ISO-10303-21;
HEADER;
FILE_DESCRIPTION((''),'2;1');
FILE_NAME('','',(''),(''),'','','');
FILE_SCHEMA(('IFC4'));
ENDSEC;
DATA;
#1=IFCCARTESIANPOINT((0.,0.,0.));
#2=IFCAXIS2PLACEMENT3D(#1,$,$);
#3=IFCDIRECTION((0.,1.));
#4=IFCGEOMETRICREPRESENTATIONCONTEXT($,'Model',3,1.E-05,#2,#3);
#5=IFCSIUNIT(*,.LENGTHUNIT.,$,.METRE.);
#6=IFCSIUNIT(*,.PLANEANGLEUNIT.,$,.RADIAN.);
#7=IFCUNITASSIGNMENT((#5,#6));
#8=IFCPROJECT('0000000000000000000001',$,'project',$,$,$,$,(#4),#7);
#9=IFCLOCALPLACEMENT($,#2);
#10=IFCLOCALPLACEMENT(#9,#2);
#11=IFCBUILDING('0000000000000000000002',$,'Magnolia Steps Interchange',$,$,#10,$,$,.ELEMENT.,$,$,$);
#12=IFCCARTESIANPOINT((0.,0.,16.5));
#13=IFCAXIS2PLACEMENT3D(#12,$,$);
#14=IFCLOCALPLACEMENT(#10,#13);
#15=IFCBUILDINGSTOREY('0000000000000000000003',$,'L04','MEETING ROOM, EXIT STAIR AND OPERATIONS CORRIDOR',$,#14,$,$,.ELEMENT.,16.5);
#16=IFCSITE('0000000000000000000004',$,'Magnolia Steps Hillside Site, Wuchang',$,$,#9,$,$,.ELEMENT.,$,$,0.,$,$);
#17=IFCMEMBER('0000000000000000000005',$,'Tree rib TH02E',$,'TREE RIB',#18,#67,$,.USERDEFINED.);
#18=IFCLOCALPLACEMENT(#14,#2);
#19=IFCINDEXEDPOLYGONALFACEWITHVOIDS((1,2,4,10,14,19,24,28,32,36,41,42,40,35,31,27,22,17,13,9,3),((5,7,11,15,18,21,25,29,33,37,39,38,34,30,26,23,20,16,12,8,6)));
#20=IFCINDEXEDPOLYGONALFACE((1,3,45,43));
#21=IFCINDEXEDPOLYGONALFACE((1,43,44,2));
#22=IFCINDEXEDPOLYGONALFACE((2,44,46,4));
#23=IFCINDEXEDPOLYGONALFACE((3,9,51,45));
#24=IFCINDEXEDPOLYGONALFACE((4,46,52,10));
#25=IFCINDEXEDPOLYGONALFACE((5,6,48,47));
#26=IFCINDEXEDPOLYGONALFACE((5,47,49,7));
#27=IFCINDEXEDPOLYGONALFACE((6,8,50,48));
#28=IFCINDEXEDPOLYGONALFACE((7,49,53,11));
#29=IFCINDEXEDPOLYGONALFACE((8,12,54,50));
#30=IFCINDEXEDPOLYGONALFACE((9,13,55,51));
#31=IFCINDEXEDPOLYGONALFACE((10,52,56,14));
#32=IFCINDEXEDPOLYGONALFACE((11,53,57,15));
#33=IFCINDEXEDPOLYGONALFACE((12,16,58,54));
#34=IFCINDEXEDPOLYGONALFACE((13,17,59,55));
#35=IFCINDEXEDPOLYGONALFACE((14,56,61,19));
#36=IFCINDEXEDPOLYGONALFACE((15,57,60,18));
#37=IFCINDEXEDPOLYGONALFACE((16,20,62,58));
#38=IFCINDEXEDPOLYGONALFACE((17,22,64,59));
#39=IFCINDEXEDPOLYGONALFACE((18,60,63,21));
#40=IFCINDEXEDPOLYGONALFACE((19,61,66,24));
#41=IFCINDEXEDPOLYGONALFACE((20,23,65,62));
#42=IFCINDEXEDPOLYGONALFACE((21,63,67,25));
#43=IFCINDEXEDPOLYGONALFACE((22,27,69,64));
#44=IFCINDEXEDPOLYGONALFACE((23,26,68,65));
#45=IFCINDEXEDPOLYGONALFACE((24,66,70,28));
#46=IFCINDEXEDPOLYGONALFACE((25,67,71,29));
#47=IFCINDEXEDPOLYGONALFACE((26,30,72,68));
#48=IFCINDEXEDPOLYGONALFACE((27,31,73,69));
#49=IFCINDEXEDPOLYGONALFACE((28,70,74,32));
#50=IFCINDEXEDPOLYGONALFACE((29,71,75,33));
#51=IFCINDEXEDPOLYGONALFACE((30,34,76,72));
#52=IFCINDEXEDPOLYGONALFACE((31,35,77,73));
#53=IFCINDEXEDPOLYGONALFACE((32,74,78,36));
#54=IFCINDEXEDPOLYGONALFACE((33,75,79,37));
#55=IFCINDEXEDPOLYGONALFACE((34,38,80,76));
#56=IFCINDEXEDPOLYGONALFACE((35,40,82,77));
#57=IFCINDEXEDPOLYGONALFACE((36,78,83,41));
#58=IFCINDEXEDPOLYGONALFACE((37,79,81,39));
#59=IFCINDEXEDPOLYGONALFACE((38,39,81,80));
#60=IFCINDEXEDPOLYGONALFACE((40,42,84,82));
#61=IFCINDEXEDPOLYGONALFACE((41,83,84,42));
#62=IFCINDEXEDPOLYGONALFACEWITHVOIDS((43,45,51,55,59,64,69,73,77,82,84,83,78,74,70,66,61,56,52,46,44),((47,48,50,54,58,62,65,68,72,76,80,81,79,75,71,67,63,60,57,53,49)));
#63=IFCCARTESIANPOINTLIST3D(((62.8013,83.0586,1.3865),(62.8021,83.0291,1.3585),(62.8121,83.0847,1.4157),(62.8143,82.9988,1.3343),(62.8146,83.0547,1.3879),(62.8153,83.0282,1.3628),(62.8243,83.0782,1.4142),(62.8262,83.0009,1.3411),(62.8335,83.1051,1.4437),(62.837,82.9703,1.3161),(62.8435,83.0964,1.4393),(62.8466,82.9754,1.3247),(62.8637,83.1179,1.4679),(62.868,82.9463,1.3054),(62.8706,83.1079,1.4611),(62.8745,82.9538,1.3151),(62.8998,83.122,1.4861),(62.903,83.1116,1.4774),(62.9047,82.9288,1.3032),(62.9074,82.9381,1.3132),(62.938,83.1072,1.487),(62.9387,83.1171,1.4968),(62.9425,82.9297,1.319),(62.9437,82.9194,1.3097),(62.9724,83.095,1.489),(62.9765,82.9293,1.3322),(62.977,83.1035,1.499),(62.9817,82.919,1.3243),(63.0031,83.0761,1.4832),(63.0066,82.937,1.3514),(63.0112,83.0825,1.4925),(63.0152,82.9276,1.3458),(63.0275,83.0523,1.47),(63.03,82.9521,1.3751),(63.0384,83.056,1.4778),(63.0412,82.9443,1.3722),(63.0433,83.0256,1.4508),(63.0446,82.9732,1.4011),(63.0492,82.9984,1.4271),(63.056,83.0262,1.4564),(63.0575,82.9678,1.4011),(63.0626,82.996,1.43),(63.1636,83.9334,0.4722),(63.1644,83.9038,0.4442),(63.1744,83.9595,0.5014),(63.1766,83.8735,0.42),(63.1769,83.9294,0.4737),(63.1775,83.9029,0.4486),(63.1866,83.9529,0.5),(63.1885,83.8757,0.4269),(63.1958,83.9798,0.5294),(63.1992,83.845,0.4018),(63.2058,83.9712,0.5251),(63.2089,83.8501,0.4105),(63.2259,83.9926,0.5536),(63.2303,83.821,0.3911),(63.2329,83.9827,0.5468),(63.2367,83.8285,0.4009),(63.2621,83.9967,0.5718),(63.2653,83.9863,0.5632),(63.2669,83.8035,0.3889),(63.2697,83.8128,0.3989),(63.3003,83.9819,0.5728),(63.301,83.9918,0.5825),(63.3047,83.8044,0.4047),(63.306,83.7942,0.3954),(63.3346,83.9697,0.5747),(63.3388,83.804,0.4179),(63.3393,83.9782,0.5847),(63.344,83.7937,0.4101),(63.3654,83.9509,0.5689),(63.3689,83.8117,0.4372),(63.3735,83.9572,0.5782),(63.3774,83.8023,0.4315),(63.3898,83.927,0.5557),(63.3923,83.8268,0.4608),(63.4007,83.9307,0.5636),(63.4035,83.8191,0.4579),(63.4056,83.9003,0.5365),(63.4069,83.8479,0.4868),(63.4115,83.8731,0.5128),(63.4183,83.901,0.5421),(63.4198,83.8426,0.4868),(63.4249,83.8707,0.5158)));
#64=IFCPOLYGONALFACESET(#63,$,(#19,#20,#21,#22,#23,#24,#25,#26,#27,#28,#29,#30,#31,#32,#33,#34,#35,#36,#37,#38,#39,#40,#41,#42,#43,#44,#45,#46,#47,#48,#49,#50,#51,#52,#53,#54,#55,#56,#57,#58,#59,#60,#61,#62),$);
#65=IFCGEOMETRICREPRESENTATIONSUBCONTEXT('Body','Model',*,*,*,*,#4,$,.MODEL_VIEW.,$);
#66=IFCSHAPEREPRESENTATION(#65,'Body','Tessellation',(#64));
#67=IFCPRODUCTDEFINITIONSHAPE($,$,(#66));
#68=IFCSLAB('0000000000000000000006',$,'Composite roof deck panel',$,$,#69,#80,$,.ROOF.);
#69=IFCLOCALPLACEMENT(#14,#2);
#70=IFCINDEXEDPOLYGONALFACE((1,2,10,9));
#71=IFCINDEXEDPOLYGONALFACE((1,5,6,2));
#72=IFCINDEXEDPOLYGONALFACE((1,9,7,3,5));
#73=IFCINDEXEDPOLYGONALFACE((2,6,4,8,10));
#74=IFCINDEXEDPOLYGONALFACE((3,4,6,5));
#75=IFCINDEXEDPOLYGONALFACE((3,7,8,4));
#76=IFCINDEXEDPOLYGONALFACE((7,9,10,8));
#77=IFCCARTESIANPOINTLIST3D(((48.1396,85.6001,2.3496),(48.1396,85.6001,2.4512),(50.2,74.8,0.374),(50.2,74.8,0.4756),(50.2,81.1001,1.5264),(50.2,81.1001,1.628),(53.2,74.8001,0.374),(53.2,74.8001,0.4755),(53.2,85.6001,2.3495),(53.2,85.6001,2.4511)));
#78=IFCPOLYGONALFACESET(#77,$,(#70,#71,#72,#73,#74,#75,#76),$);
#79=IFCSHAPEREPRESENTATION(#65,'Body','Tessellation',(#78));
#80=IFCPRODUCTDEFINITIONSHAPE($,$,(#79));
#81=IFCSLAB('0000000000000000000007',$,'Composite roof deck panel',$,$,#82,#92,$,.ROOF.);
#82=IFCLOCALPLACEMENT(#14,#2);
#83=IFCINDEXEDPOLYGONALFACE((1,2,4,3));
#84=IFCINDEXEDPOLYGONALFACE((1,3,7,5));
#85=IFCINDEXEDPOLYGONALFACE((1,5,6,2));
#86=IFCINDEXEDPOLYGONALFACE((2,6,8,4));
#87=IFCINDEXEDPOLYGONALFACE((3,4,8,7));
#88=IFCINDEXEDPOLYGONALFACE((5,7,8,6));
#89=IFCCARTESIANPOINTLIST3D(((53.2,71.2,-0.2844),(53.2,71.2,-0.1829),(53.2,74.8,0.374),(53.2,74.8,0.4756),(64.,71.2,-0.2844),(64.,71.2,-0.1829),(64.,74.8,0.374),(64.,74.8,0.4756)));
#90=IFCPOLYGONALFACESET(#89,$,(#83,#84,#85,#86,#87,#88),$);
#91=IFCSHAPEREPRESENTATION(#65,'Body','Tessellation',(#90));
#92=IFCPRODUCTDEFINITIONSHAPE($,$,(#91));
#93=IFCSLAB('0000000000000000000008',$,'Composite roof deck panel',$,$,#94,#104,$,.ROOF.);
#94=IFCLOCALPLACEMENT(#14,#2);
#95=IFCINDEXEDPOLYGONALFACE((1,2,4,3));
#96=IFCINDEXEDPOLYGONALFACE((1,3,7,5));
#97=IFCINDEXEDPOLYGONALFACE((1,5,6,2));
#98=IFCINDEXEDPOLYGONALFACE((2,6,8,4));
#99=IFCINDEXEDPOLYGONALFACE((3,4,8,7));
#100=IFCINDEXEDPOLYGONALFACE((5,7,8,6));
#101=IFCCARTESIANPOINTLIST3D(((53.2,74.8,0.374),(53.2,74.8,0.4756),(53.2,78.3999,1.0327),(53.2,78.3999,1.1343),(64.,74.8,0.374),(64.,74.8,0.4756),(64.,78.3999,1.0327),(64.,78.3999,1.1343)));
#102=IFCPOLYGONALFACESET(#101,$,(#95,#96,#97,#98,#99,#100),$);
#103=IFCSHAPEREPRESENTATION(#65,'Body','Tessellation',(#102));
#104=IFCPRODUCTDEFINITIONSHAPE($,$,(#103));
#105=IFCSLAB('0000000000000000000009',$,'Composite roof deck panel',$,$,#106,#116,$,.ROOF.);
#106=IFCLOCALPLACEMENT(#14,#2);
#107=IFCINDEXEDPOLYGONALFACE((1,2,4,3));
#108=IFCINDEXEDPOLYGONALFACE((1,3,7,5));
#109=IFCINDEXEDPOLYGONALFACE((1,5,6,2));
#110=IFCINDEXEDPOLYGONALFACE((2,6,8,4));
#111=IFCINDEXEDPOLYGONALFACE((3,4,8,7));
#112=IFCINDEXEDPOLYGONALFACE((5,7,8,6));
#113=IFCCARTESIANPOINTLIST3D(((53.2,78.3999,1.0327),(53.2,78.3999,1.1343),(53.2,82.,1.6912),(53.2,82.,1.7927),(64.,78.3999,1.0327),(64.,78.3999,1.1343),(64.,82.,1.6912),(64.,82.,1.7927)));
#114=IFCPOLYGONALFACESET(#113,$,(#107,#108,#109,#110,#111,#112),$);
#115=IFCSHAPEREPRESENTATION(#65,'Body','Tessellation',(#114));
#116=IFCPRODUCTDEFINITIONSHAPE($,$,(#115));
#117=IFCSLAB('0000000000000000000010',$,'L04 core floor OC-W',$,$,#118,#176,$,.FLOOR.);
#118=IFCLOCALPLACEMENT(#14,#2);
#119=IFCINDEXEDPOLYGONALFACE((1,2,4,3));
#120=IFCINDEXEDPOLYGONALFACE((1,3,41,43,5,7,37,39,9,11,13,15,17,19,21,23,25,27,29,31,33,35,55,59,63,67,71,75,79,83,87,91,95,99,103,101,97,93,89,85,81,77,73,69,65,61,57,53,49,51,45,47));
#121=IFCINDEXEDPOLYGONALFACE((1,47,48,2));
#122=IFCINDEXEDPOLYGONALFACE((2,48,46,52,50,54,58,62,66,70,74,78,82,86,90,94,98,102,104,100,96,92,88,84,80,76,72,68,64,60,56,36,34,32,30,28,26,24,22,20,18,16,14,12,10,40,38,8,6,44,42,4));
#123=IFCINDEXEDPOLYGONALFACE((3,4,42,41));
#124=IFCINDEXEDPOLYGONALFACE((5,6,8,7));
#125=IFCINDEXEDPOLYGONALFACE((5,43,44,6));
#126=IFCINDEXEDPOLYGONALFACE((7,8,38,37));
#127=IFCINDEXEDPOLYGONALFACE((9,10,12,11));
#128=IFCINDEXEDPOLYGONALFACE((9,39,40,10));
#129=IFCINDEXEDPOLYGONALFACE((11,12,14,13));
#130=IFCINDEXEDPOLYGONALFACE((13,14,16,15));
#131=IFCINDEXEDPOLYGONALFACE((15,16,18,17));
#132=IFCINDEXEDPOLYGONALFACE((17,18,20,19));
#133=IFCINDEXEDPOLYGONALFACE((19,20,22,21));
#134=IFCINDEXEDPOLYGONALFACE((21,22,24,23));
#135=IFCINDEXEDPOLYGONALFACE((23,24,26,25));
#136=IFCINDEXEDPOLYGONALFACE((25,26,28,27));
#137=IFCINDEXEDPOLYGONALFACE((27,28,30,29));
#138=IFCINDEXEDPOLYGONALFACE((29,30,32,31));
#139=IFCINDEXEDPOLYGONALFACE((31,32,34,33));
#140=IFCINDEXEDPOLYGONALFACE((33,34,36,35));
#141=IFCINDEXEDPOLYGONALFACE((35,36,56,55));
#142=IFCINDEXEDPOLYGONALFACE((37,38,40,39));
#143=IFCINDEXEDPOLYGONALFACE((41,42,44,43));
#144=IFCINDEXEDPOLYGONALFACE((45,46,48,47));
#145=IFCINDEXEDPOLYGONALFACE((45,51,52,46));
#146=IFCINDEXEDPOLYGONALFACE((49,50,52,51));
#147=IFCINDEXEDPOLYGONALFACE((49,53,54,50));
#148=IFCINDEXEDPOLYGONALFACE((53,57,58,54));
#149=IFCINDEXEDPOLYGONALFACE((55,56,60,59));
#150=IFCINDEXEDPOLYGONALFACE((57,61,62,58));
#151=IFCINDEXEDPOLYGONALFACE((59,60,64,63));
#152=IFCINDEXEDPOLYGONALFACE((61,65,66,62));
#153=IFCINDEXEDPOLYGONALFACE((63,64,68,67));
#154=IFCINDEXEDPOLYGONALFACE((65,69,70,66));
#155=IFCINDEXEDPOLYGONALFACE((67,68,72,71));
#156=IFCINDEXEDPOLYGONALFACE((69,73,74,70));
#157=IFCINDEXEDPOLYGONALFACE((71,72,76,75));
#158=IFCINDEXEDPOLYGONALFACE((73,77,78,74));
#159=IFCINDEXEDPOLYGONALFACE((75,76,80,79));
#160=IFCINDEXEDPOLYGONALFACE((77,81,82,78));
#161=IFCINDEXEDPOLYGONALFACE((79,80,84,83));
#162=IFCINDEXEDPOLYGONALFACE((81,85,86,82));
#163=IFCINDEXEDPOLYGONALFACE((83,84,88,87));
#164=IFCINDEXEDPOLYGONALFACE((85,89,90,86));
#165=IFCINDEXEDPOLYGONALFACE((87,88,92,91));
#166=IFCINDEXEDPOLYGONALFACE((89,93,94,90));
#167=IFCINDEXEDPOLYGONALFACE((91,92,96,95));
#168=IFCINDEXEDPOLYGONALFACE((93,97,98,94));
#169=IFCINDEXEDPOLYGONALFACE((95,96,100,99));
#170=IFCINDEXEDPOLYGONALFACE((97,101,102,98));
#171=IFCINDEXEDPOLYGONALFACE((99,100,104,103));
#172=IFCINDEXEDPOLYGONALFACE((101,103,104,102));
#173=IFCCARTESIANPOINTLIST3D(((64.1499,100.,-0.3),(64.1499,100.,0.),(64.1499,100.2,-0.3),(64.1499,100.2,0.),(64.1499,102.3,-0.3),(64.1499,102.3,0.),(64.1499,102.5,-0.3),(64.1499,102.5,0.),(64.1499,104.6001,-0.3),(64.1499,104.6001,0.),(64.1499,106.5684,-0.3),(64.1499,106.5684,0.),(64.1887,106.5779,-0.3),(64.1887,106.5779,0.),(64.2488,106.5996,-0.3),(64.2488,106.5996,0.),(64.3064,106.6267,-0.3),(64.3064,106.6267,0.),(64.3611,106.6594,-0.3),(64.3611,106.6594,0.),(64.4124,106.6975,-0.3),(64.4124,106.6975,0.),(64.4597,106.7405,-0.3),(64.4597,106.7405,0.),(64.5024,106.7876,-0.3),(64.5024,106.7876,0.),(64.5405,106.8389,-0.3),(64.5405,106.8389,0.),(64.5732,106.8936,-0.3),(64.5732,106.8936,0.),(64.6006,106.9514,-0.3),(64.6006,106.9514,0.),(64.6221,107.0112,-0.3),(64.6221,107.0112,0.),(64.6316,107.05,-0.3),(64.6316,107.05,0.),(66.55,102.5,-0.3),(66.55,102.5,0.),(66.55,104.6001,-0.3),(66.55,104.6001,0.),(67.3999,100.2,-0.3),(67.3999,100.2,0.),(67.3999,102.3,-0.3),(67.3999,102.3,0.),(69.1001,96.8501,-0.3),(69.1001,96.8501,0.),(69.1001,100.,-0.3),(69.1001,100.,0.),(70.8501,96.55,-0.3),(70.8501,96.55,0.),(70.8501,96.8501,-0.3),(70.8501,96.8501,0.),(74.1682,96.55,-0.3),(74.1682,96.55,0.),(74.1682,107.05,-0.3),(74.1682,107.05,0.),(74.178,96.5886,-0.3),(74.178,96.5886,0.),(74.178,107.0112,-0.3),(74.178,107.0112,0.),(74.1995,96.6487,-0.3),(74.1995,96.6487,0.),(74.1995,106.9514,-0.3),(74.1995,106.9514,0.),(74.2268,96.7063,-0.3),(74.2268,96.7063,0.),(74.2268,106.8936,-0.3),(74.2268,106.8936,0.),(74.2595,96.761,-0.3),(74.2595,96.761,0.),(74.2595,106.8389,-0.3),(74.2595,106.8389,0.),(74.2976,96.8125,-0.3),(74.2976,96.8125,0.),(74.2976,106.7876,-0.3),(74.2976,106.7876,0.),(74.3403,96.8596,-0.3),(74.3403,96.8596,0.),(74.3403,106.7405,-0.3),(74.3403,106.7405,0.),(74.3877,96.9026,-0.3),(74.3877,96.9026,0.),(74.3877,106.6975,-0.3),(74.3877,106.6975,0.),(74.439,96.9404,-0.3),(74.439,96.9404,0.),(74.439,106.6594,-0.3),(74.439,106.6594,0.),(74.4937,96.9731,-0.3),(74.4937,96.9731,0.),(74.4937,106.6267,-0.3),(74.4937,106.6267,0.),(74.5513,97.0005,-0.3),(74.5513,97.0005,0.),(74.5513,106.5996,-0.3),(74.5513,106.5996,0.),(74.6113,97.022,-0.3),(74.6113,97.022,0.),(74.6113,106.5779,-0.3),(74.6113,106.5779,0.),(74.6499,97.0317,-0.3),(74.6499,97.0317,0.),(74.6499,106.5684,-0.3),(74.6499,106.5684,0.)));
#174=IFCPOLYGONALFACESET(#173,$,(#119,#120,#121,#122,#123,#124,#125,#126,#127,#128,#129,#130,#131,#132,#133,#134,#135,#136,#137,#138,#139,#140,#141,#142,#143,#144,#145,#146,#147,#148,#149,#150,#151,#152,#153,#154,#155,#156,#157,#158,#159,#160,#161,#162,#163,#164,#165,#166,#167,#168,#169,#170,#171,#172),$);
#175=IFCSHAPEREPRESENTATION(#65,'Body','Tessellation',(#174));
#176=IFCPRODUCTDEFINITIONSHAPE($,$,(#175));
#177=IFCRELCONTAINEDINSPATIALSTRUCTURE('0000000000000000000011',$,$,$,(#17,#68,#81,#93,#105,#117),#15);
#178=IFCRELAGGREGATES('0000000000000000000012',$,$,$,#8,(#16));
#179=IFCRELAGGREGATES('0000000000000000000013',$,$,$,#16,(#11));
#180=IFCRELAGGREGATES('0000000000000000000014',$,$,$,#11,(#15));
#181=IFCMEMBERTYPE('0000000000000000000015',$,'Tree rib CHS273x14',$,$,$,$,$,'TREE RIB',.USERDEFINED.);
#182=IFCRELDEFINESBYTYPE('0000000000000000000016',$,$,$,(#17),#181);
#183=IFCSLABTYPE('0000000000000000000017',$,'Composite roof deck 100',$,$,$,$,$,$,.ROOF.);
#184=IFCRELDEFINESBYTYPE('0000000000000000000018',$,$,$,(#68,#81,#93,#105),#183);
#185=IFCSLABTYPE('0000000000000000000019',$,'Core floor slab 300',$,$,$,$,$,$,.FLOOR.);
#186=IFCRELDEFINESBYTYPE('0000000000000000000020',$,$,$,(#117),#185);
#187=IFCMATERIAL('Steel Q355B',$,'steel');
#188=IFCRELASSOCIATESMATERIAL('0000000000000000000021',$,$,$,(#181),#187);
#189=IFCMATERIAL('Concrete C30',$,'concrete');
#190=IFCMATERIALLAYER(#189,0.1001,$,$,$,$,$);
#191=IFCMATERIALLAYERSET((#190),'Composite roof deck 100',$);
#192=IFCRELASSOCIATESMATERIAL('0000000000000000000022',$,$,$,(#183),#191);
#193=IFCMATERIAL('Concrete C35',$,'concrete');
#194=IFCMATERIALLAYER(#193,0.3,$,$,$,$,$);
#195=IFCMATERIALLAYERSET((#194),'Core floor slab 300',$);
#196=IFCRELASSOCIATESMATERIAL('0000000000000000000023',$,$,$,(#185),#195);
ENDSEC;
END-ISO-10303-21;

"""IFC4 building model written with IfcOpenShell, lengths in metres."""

from ifc_helpers import new_model, si_unit, direction, frame, origin, origin_2d, place, context, subcontext, project, spatial, polyline, hollow_circle, outline, extrude, material, layer, layer_set, material_profile, profile_set, type_object, element, save


model = new_model("IFC4")

# Units and contexts
model_context = context("Model", 3, precision=1e-05, world=origin(), true_north=direction((0.0, 1.0)))
body_context = subcontext(model_context, "Body", "Model", "MODEL_VIEW")
ifc_project = project(units=[si_unit("LENGTHUNIT", "METRE"), si_unit("PLANEANGLEUNIT", "RADIAN")], contexts=[model_context])

# Site, building, storey
site_placement = place(None, origin())
site = spatial("IfcSite", under=ifc_project, at=site_placement, Name="Magnolia Steps Hillside Site, Wuchang", CompositionType="ELEMENT", RefElevation=0.0)
building_placement = place(site_placement, origin())
building = spatial("IfcBuilding", under=site, at=building_placement, Name="Magnolia Steps Interchange", CompositionType="ELEMENT")
storey_placement = place(building_placement, frame((0.0, 0.0, 16.5)))
storey = spatial("IfcBuildingStorey", under=building, at=storey_placement, Name="L04", Description="MEETING ROOM, EXIT STAIR AND OPERATIONS CORRIDOR", CompositionType="ELEMENT", Elevation=16.5)

# Member
ifc_material_1 = material(Name="Steel Q355B", Category="steel")
ifc_material_profile_1 = material_profile(ifc_material_1, hollow_circle(Radius=0.1365, WallThickness=0.0139, at=origin_2d()), Name="CHS273x14")
ifc_profile_set_1 = profile_set([ifc_material_profile_1], Name="Steel Q355B")
member_type_1 = type_object("IfcMemberType", Name="Tree rib CHS273x14", ElementType="TREE RIB", PredefinedType="USERDEFINED", material=ifc_profile_set_1)
member_1_placement = place(storey_placement, frame((63.2937, 83.8948, 0.4868), z_axis=(-0.275263, -0.6646, 0.694649), x_axis=(0.923891, -0.382655, 0.0)))
element("IfcMember", 1, at=member_1_placement, inside=storey, type_object=member_type_1, Name="Tree rib TH02E", ObjectType="TREE RIB", PredefinedType="USERDEFINED", context=body_context, shape_type="SweptSolid", body=[
    extrude(hollow_circle(Radius=0.1365, WallThickness=0.0139, at=origin_2d()), origin(), (0.0, 0.0, 1.0), 1.3162),
])

# Slabs
ifc_material_2 = material(Name="Concrete C30", Category="concrete")
ifc_layer_1 = layer(ifc_material_2, 0.1001)
ifc_layer_set_1 = layer_set([ifc_layer_1], Name="Composite roof deck 100")
slab_type_1 = type_object("IfcSlabType", Name="Composite roof deck 100", PredefinedType="ROOF", material=ifc_layer_set_1)
slab_1_placement = place(storey_placement, frame((50.2, 74.8, 0.4756), z_axis=(0.000023, -0.179934, 0.983679), x_axis=(1.0, 0.000004, -0.000022)))
element("IfcSlab", 2, at=slab_1_placement, inside=storey, type_object=slab_type_1, Name="Composite roof deck panel", PredefinedType="ROOF", context=body_context, shape_type="SweptSolid", body=[
    extrude(outline(polyline([(0.0, 0.0), (3.0, 0.0), (3.0, 10.9793), (-2.0603, 10.9793), (0.0, 6.4046), (0.0, 0.0)])), origin(), (0.000022, -0.179934, -0.983679), 0.1016),
])
slab_2_placement = place(storey_placement, frame((64.0, 71.2, -0.1829), z_axis=(0.0, -0.179913, 0.983683), x_axis=(0.0, 0.983683, 0.179913)))
element("IfcSlab", 3, at=slab_2_placement, inside=storey, type_object=slab_type_1, Name="Composite roof deck panel", PredefinedType="ROOF", context=body_context, shape_type="SweptSolid", body=[
    extrude(outline(polyline([(0.0, 0.0), (3.6598, 0.0), (3.6598, 10.8), (0.0, 10.8), (0.0, 0.0)])), origin(), (-0.179913, 0.0, -0.983683), 0.1016),
])
slab_3_placement = place(storey_placement, frame((64.0, 74.8, 0.4756), z_axis=(0.0, -0.179989, 0.983669), x_axis=(0.0, 0.983669, 0.179989)))
element("IfcSlab", 4, at=slab_3_placement, inside=storey, type_object=slab_type_1, Name="Composite roof deck panel", PredefinedType="ROOF", context=body_context, shape_type="SweptSolid", body=[
    extrude(outline(polyline([(0.0, 0.0), (3.6596, 0.0), (3.6596, 10.8), (0.0, 10.8), (0.0, 0.0)])), origin(), (-0.179989, 0.0, -0.983669), 0.1016),
])
slab_4_placement = place(storey_placement, frame((64.0, 78.3999, 1.1343), z_axis=(0.0, -0.179913, 0.983683), x_axis=(0.0, 0.983683, 0.179913)))
element("IfcSlab", 5, at=slab_4_placement, inside=storey, type_object=slab_type_1, Name="Composite roof deck panel", PredefinedType="ROOF", context=body_context, shape_type="SweptSolid", body=[
    extrude(outline(polyline([(0.0, 0.0), (3.6598, 0.0), (3.6598, 10.8), (0.0, 10.8), (0.0, 0.0)])), origin(), (-0.179913, 0.0, -0.983683), 0.1016),
])
ifc_material_3 = material(Name="Concrete C35", Category="concrete")
ifc_layer_2 = layer(ifc_material_3, 0.3)
ifc_layer_set_2 = layer_set([ifc_layer_2], Name="Core floor slab 300")
slab_type_2 = type_object("IfcSlabType", Name="Core floor slab 300", PredefinedType="FLOOR", material=ifc_layer_set_2)
slab_5_placement = place(storey_placement, frame((0.0, 0.0, -0.3)))
element("IfcSlab", 6, at=slab_5_placement, inside=storey, type_object=slab_type_2, Name="L04 core floor OC-W", PredefinedType="FLOOR", context=body_context, shape_type="SweptSolid", body=[
    extrude(outline(polyline([(70.8501, 96.8501), (69.1001, 96.8501), (69.1001, 100.0), (64.1499, 100.0), (64.1499, 100.2), (67.3999, 100.2), (67.3999, 102.3), (64.1499, 102.3), (64.1499, 102.5), (66.55, 102.5), (66.55, 104.6001), (64.1499, 104.6001), (64.1499, 106.5684), (64.1887, 106.5779), (64.2488, 106.5996), (64.3064, 106.6267), (64.3611, 106.6594), (64.4124, 106.6975), (64.4597, 106.7405), (64.5024, 106.7876), (64.5405, 106.8389), (64.5732, 106.8936), (64.6006, 106.9514), (64.6221, 107.0112), (64.6316, 107.05), (74.1682, 107.05), (74.178, 107.0112), (74.1995, 106.9514), (74.2268, 106.8936), (74.2595, 106.8389), (74.2976, 106.7876), (74.3403, 106.7405), (74.3877, 106.6975), (74.439, 106.6594), (74.4937, 106.6267), (74.5513, 106.5996), (74.6113, 106.5779), (74.6499, 106.5684), (74.6499, 97.0317), (74.6113, 97.022), (74.5513, 97.0005), (74.4937, 96.9731), (74.439, 96.9404), (74.3877, 96.9026), (74.3403, 96.8596), (74.2976, 96.8125), (74.2595, 96.761), (74.2268, 96.7063), (74.1995, 96.6487), (74.178, 96.5886), (74.1682, 96.55), (70.8501, 96.55), (70.8501, 96.8501)])), origin(), (0.0, 0.0, 1.0), 0.3),
])

save(model, "model.ifc")
